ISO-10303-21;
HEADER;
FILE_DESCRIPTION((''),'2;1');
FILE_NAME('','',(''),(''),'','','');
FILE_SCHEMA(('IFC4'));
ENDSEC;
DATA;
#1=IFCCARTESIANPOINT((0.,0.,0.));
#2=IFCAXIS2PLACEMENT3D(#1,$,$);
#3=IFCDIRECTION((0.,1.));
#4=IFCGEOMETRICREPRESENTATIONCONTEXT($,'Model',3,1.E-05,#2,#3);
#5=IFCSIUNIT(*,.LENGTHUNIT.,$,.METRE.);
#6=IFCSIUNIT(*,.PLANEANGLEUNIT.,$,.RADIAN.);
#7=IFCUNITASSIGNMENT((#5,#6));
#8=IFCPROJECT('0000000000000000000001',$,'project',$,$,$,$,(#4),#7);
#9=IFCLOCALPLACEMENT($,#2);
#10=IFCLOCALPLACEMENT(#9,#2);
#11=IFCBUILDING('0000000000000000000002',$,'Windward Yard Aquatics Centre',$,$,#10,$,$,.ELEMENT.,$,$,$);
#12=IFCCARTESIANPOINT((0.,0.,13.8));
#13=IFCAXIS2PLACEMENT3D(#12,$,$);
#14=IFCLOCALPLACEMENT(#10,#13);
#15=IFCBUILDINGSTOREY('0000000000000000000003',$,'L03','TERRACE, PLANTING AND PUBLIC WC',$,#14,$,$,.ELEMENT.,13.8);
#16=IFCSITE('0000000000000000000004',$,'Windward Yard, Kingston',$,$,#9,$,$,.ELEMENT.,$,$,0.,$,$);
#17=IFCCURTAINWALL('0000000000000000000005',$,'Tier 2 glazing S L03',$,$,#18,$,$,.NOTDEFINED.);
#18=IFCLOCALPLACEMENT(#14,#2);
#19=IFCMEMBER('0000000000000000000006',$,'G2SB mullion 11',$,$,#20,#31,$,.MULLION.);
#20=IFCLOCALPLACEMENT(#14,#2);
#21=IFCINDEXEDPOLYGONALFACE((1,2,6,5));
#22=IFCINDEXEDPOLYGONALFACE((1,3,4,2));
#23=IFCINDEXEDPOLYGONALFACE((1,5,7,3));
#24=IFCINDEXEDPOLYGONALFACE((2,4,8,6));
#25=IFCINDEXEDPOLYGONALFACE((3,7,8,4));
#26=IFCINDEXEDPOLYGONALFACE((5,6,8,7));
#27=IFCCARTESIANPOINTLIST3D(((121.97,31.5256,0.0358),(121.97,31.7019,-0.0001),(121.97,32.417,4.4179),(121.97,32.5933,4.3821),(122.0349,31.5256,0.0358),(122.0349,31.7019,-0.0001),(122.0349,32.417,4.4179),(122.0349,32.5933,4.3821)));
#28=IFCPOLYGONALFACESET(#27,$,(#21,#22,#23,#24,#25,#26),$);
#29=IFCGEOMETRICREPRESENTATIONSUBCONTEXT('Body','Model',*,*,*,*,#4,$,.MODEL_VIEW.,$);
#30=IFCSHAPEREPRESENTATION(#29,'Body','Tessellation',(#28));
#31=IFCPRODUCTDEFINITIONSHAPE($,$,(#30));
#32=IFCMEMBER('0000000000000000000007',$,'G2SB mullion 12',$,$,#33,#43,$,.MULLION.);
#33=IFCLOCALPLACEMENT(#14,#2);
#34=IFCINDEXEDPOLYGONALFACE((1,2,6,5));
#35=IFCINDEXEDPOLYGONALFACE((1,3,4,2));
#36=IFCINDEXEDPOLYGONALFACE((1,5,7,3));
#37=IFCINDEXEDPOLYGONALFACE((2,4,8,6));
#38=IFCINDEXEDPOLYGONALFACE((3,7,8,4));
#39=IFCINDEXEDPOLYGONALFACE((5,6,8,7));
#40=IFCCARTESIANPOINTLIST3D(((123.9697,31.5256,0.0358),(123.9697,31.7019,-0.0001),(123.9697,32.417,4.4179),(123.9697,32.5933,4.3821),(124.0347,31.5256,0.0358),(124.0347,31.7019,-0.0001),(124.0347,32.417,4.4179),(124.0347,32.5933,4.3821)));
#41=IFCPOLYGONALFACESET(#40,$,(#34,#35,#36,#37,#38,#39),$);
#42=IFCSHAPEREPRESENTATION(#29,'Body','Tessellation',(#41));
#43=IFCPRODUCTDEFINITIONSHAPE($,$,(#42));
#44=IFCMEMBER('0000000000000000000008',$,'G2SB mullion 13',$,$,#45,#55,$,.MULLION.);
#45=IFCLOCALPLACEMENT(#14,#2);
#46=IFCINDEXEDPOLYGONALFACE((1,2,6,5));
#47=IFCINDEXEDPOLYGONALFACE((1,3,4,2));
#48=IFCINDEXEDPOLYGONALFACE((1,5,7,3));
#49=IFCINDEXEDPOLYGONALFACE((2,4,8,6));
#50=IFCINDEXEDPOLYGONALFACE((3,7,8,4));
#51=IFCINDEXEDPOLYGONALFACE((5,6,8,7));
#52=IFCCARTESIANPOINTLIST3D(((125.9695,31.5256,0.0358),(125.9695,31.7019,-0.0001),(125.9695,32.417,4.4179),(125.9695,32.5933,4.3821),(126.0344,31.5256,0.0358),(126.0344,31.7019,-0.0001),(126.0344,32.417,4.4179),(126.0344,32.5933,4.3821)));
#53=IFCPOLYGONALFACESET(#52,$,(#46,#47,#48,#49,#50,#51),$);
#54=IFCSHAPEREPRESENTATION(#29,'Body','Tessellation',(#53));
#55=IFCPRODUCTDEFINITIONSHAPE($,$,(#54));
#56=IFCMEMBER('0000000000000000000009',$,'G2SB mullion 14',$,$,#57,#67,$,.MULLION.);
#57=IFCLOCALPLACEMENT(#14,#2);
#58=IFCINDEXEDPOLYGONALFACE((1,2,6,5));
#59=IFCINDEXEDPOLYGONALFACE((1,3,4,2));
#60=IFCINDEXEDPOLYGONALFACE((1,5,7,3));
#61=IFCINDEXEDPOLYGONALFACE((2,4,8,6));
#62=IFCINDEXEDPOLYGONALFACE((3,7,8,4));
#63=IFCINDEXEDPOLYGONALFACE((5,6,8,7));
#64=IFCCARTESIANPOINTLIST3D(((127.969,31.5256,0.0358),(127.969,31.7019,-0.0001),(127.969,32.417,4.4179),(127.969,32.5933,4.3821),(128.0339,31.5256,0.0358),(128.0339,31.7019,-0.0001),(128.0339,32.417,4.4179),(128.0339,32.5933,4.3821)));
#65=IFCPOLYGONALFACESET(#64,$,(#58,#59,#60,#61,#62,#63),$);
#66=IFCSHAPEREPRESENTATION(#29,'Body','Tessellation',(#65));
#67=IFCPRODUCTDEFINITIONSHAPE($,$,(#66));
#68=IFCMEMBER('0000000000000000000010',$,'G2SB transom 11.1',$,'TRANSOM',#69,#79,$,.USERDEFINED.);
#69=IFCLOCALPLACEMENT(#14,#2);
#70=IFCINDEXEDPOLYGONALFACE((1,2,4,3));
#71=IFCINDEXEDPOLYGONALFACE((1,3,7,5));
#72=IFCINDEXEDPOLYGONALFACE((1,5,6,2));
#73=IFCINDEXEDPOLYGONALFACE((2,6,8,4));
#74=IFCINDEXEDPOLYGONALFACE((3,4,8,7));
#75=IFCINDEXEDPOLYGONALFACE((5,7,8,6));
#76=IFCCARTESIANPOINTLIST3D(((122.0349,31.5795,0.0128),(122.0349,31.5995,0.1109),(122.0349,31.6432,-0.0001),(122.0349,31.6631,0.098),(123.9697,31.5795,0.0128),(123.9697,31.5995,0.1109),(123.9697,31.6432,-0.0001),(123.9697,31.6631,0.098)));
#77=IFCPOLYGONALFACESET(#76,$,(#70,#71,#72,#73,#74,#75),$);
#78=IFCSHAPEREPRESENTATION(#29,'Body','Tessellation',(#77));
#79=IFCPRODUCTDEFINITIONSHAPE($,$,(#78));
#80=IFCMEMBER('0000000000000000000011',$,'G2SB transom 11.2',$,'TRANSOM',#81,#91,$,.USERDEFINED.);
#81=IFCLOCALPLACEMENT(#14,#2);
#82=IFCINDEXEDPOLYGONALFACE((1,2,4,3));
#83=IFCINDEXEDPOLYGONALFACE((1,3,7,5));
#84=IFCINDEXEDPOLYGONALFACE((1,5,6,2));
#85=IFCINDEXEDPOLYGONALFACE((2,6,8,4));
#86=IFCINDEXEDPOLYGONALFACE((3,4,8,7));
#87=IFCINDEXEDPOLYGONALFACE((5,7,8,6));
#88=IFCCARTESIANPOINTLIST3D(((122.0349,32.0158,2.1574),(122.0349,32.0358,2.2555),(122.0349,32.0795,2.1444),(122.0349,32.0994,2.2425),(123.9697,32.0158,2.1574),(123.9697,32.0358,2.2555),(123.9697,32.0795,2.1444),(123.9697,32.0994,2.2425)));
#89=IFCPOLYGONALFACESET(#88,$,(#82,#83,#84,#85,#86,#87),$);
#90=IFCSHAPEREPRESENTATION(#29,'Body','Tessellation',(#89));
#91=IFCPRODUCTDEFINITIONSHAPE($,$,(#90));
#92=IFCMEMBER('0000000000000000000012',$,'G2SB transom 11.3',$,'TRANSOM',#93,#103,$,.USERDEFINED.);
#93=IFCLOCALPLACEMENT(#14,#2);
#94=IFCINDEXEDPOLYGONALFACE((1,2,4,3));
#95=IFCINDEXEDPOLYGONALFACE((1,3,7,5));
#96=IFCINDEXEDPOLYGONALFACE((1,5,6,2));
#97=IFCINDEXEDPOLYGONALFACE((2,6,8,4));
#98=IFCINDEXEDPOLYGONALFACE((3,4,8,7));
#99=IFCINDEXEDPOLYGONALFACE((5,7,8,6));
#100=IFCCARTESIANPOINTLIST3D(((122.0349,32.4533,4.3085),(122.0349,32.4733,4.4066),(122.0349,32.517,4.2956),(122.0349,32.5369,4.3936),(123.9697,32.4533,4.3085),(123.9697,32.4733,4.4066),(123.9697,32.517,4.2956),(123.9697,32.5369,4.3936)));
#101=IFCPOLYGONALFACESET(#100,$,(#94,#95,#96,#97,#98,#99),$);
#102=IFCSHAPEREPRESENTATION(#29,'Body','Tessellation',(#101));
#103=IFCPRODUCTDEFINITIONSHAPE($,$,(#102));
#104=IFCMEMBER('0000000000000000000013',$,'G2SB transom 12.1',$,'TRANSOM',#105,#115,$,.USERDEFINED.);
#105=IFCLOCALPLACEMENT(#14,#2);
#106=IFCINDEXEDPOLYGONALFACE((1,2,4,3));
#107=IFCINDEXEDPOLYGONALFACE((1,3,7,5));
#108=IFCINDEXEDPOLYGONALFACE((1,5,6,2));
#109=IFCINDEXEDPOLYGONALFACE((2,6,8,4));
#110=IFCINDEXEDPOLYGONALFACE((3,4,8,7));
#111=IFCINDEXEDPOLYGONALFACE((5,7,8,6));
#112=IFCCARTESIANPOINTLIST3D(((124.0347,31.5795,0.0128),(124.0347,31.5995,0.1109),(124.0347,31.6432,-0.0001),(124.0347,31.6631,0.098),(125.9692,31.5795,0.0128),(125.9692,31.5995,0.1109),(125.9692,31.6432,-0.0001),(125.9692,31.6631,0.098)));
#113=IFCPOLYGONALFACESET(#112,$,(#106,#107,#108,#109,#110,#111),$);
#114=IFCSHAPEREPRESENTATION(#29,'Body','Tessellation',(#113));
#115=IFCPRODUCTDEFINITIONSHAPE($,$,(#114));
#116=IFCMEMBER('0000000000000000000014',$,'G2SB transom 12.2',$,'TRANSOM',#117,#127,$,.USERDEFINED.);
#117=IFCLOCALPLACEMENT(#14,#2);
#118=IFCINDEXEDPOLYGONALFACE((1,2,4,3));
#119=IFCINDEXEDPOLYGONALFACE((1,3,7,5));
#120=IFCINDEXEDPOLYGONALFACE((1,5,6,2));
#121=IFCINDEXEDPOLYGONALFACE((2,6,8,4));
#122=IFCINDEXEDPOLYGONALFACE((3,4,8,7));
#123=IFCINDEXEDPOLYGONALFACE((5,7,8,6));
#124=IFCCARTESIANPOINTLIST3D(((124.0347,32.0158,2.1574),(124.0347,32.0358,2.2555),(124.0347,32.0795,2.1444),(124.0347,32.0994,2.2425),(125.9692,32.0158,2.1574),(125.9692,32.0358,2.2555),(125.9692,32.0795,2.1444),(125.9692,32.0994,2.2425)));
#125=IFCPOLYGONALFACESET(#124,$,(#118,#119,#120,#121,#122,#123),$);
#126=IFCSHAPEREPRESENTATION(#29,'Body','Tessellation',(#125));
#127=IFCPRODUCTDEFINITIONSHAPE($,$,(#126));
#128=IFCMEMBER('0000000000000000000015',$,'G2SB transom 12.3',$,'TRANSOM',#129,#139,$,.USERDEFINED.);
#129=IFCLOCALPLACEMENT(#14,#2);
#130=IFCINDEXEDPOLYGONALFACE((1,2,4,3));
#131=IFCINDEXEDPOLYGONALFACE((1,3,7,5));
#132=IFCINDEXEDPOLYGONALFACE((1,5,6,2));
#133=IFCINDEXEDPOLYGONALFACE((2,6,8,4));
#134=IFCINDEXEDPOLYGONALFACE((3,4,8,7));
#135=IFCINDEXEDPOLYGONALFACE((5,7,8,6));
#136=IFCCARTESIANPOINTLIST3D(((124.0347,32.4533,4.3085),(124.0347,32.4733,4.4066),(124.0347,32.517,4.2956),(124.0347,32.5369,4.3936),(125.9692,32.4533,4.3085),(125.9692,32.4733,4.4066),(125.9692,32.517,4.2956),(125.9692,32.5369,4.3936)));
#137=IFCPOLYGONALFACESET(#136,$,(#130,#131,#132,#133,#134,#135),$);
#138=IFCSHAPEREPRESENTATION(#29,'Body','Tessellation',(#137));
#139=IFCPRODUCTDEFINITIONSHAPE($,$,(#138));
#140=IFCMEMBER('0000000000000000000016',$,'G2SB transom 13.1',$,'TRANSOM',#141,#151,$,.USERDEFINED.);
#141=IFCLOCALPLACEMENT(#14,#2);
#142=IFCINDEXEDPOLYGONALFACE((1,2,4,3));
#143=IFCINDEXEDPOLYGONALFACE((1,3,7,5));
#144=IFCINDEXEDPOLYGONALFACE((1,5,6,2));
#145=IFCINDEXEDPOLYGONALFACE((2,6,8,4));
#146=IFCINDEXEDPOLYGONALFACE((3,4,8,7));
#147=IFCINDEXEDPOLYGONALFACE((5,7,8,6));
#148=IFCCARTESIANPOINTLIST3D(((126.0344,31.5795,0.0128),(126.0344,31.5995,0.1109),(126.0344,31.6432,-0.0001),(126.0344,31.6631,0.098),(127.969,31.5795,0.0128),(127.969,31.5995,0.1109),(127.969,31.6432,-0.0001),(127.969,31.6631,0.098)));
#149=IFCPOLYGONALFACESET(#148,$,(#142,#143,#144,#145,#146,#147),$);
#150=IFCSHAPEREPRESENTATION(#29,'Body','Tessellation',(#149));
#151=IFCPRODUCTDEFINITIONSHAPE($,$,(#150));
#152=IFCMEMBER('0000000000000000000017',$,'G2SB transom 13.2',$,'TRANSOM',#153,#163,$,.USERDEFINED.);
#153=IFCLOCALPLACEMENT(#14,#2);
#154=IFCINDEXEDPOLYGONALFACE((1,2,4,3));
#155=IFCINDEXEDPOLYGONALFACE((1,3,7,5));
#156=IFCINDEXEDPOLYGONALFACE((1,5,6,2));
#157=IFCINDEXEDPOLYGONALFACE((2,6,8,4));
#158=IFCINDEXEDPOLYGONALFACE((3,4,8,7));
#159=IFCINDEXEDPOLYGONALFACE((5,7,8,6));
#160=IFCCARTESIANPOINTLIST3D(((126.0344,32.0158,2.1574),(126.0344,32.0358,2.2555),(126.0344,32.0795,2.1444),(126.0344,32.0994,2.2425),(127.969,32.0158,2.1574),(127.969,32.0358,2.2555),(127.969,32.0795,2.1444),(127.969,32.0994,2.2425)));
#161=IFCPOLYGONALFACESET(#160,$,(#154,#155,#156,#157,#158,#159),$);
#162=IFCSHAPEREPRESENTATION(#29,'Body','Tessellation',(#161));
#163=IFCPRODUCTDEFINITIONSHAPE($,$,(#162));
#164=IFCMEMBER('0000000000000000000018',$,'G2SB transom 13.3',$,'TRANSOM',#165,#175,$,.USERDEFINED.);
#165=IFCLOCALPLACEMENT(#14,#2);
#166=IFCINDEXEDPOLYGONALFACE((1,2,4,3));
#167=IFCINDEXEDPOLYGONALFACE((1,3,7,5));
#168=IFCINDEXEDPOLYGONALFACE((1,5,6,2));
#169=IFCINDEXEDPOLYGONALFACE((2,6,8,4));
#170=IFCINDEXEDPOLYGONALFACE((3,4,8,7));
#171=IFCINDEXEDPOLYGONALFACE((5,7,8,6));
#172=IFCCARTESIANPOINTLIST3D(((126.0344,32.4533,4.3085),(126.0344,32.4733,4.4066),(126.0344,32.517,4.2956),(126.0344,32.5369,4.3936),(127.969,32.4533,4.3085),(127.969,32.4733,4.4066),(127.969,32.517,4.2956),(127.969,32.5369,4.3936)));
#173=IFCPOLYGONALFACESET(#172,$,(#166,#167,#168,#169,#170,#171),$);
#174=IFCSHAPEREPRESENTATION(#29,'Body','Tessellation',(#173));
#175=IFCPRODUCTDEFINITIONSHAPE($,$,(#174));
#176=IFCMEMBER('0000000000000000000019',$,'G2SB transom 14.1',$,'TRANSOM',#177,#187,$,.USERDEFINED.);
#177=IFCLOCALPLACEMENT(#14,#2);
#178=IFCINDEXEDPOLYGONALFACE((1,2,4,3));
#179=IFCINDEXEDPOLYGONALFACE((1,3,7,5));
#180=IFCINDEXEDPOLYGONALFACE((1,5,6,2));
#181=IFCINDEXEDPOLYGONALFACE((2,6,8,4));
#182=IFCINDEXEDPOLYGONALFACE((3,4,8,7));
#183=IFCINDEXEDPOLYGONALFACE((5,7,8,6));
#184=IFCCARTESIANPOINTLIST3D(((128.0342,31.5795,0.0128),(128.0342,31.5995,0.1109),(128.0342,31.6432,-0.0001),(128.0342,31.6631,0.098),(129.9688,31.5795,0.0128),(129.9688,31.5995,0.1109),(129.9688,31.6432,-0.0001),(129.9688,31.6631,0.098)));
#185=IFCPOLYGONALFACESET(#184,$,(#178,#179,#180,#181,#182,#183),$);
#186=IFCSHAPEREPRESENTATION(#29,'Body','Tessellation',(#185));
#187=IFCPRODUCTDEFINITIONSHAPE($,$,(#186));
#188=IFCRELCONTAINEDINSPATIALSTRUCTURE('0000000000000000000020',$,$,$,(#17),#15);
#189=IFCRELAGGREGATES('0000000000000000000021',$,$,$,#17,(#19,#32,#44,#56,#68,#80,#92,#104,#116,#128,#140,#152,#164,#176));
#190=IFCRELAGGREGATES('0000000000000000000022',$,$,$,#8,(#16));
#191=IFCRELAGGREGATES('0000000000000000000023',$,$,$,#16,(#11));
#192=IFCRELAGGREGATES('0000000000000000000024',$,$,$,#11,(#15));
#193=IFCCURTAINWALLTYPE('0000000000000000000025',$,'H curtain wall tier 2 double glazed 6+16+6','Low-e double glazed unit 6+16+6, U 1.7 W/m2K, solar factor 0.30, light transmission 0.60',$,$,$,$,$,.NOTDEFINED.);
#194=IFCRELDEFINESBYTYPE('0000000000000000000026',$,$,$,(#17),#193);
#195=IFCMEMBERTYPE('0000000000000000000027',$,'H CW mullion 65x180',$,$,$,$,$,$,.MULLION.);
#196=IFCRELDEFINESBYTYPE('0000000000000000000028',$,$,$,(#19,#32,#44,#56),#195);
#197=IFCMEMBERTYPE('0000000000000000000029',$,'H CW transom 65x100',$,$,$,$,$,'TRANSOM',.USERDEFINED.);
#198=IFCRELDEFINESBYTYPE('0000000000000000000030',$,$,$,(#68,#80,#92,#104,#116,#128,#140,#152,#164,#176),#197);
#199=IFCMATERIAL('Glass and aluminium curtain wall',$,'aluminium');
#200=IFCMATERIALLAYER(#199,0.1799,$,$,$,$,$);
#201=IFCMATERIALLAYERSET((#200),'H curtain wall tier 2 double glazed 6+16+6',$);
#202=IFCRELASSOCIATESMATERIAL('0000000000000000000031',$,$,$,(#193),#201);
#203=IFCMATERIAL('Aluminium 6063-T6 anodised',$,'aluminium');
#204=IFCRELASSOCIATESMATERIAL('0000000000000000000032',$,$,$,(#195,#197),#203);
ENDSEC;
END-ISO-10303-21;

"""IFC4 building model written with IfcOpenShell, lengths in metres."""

from ifc_helpers import new_model, si_unit, direction, frame, origin, origin_2d, place, context, subcontext, project, spatial, rectangle, extrude, material, layer, layer_set, material_profile, profile_set, type_object, element, aggregate, save


model = new_model("IFC4")

# Units and contexts
model_context = context("Model", 3, precision=1e-05, world=origin(), true_north=direction((0.0, 1.0)))
body_context = subcontext(model_context, "Body", "Model", "MODEL_VIEW")
ifc_project = project(units=[si_unit("LENGTHUNIT", "METRE"), si_unit("PLANEANGLEUNIT", "RADIAN")], contexts=[model_context])

# Site, building, storey
site_placement = place(None, origin())
site = spatial("IfcSite", under=ifc_project, at=site_placement, Name="Windward Yard, Kingston", CompositionType="ELEMENT", RefElevation=0.0)
building_placement = place(site_placement, origin())
building = spatial("IfcBuilding", under=site, at=building_placement, Name="Windward Yard Aquatics Centre", CompositionType="ELEMENT")
storey_placement = place(building_placement, frame((0.0, 0.0, 13.8)))
storey = spatial("IfcBuildingStorey", under=building, at=storey_placement, Name="L03", Description="TERRACE, PLANTING AND PUBLIC WC", CompositionType="ELEMENT", Elevation=13.8)

# Curtain wall, members
ifc_material_1 = material(Name="Glass and aluminium curtain wall", Category="aluminium")
ifc_layer_1 = layer(ifc_material_1, 0.1799)
ifc_layer_set_1 = layer_set([ifc_layer_1], Name="H curtain wall tier 2 double glazed 6+16+6")
curtain_wall_type = type_object("IfcCurtainWallType", Name="H curtain wall tier 2 double glazed 6+16+6", Description="Low-e double glazed unit 6+16+6, U 1.7 W/m2K, solar factor 0.30, light transmission 0.60", PredefinedType="NOTDEFINED", material=ifc_layer_set_1)
curtain_wall_placement = place(storey_placement, origin())
curtain_wall = element("IfcCurtainWall", 1, at=curtain_wall_placement, inside=storey, type_object=curtain_wall_type, Name="Tier 2 glazing S L03", PredefinedType="NOTDEFINED")
ifc_material_2 = material(Name="Aluminium 6063-T6 anodised", Category="aluminium")
ifc_material_profile_1 = material_profile(ifc_material_2, rectangle(XDim=0.0649, YDim=0.1799, at=origin_2d()), Name="H CW mullion 65x180")
ifc_profile_set_1 = profile_set([ifc_material_profile_1], Name="Aluminium 6063-T6 anodised")
member_type_1 = type_object("IfcMemberType", Name="H CW mullion 65x180", PredefinedType="MULLION", material=ifc_profile_set_1)
member_1_placement = place(storey_placement, frame((122.0024, 31.6138, 0.0178), z_axis=(0.0, 0.199328, 0.979933), x_axis=(-1.0, 0.0, 0.0)))
member_1 = element("IfcMember", 2, at=member_1_placement, type_object=member_type_1, Name="G2SB mullion 11", PredefinedType="MULLION", context=body_context, shape_type="SweptSolid", body=[
    extrude(rectangle(XDim=0.0649, YDim=0.1799, at=origin_2d()), origin(), (0.0, 0.0, 1.0), 4.4719),
])
member_2_placement = place(storey_placement, frame((124.0022, 31.6138, 0.0178), z_axis=(0.0, 0.199328, 0.979933), x_axis=(-1.0, 0.0, 0.0)))
member_2 = element("IfcMember", 3, at=member_2_placement, type_object=member_type_1, Name="G2SB mullion 12", PredefinedType="MULLION", context=body_context, shape_type="SweptSolid", body=[
    extrude(rectangle(XDim=0.0649, YDim=0.1799, at=origin_2d()), origin(), (0.0, 0.0, 1.0), 4.4719),
])
member_3_placement = place(storey_placement, frame((126.002, 31.6138, 0.0178), z_axis=(0.0, 0.199328, 0.979933), x_axis=(-1.0, 0.0, 0.0)))
member_3 = element("IfcMember", 4, at=member_3_placement, type_object=member_type_1, Name="G2SB mullion 13", PredefinedType="MULLION", context=body_context, shape_type="SweptSolid", body=[
    extrude(rectangle(XDim=0.0649, YDim=0.1799, at=origin_2d()), origin(), (0.0, 0.0, 1.0), 4.4719),
])
member_4_placement = place(storey_placement, frame((128.0015, 31.6138, 0.0178), z_axis=(0.0, 0.199328, 0.979933), x_axis=(-1.0, 0.0, 0.0)))
member_4 = element("IfcMember", 5, at=member_4_placement, type_object=member_type_1, Name="G2SB mullion 14", PredefinedType="MULLION", context=body_context, shape_type="SweptSolid", body=[
    extrude(rectangle(XDim=0.0649, YDim=0.1799, at=origin_2d()), origin(), (0.0, 0.0, 1.0), 4.4719),
])
ifc_material_profile_2 = material_profile(ifc_material_2, rectangle(XDim=0.0649, YDim=0.1001, at=origin_2d()), Name="H CW transom 65x100")
ifc_profile_set_2 = profile_set([ifc_material_profile_2], Name="Aluminium 6063-T6 anodised")
member_type_2 = type_object("IfcMemberType", Name="H CW transom 65x100", ElementType="TRANSOM", PredefinedType="USERDEFINED", material=ifc_profile_set_2)
member_5_placement = place(storey_placement, frame((122.0349, 31.6213, 0.0554), z_axis=(1.0, 0.0, 0.0), x_axis=(0.0, -0.979925, 0.199368)))
member_5 = element("IfcMember", 6, at=member_5_placement, type_object=member_type_2, Name="G2SB transom 11.1", ObjectType="TRANSOM", PredefinedType="USERDEFINED", context=body_context, shape_type="SweptSolid", body=[
    extrude(rectangle(XDim=0.0649, YDim=0.1001, at=origin_2d()), origin(), (0.0, 0.0, 1.0), 1.9348),
])
member_6_placement = place(storey_placement, frame((122.0349, 32.0576, 2.2), z_axis=(1.0, 0.0, 0.0), x_axis=(0.0, -0.979925, 0.199368)))
member_6 = element("IfcMember", 7, at=member_6_placement, type_object=member_type_2, Name="G2SB transom 11.2", ObjectType="TRANSOM", PredefinedType="USERDEFINED", context=body_context, shape_type="SweptSolid", body=[
    extrude(rectangle(XDim=0.0649, YDim=0.1001, at=origin_2d()), origin(), (0.0, 0.0, 1.0), 1.9348),
])
member_7_placement = place(storey_placement, frame((122.0349, 32.4951, 4.3511), z_axis=(1.0, 0.0, 0.0), x_axis=(0.0, -0.979925, 0.199368)))
member_7 = element("IfcMember", 8, at=member_7_placement, type_object=member_type_2, Name="G2SB transom 11.3", ObjectType="TRANSOM", PredefinedType="USERDEFINED", context=body_context, shape_type="SweptSolid", body=[
    extrude(rectangle(XDim=0.0649, YDim=0.1001, at=origin_2d()), origin(), (0.0, 0.0, 1.0), 1.9348),
])
member_8_placement = place(storey_placement, frame((124.0347, 31.6213, 0.0554), z_axis=(1.0, 0.0, 0.0), x_axis=(0.0, -0.979925, 0.199368)))
member_8 = element("IfcMember", 9, at=member_8_placement, type_object=member_type_2, Name="G2SB transom 12.1", ObjectType="TRANSOM", PredefinedType="USERDEFINED", context=body_context, shape_type="SweptSolid", body=[
    extrude(rectangle(XDim=0.0649, YDim=0.1001, at=origin_2d()), origin(), (0.0, 0.0, 1.0), 1.9346),
])
member_9_placement = place(storey_placement, frame((124.0347, 32.0576, 2.2), z_axis=(1.0, 0.0, 0.0), x_axis=(0.0, -0.979925, 0.199368)))
member_9 = element("IfcMember", 10, at=member_9_placement, type_object=member_type_2, Name="G2SB transom 12.2", ObjectType="TRANSOM", PredefinedType="USERDEFINED", context=body_context, shape_type="SweptSolid", body=[
    extrude(rectangle(XDim=0.0649, YDim=0.1001, at=origin_2d()), origin(), (0.0, 0.0, 1.0), 1.9346),
])
member_10_placement = place(storey_placement, frame((124.0347, 32.4951, 4.3511), z_axis=(1.0, 0.0, 0.0), x_axis=(0.0, -0.979925, 0.199368)))
member_10 = element("IfcMember", 11, at=member_10_placement, type_object=member_type_2, Name="G2SB transom 12.3", ObjectType="TRANSOM", PredefinedType="USERDEFINED", context=body_context, shape_type="SweptSolid", body=[
    extrude(rectangle(XDim=0.0649, YDim=0.1001, at=origin_2d()), origin(), (0.0, 0.0, 1.0), 1.9346),
])
member_11_placement = place(storey_placement, frame((126.0344, 31.6213, 0.0554), z_axis=(1.0, 0.0, 0.0), x_axis=(0.0, -0.979925, 0.199368)))
member_11 = element("IfcMember", 12, at=member_11_placement, type_object=member_type_2, Name="G2SB transom 13.1", ObjectType="TRANSOM", PredefinedType="USERDEFINED", context=body_context, shape_type="SweptSolid", body=[
    extrude(rectangle(XDim=0.0649, YDim=0.1001, at=origin_2d()), origin(), (0.0, 0.0, 1.0), 1.9346),
])
member_12_placement = place(storey_placement, frame((126.0344, 32.0576, 2.2), z_axis=(1.0, 0.0, 0.0), x_axis=(0.0, -0.979925, 0.199368)))
member_12 = element("IfcMember", 13, at=member_12_placement, type_object=member_type_2, Name="G2SB transom 13.2", ObjectType="TRANSOM", PredefinedType="USERDEFINED", context=body_context, shape_type="SweptSolid", body=[
    extrude(rectangle(XDim=0.0649, YDim=0.1001, at=origin_2d()), origin(), (0.0, 0.0, 1.0), 1.9346),
])
member_13_placement = place(storey_placement, frame((126.0344, 32.4951, 4.3511), z_axis=(1.0, 0.0, 0.0), x_axis=(0.0, -0.979925, 0.199368)))
member_13 = element("IfcMember", 14, at=member_13_placement, type_object=member_type_2, Name="G2SB transom 13.3", ObjectType="TRANSOM", PredefinedType="USERDEFINED", context=body_context, shape_type="SweptSolid", body=[
    extrude(rectangle(XDim=0.0649, YDim=0.1001, at=origin_2d()), origin(), (0.0, 0.0, 1.0), 1.9346),
])
member_14_placement = place(storey_placement, frame((128.0342, 31.6213, 0.0554), z_axis=(1.0, 0.0, 0.0), x_axis=(0.0, -0.979925, 0.199368)))
member_14 = element("IfcMember", 15, at=member_14_placement, type_object=member_type_2, Name="G2SB transom 14.1", ObjectType="TRANSOM", PredefinedType="USERDEFINED", context=body_context, shape_type="SweptSolid", body=[
    extrude(rectangle(XDim=0.0649, YDim=0.1001, at=origin_2d()), origin(), (0.0, 0.0, 1.0), 1.9346),
])

aggregate(curtain_wall, [member_1, member_2, member_3, member_4, member_5, member_6, member_7, member_8, member_9, member_10, member_11, member_12, member_13, member_14])

save(model, "model.ifc")
